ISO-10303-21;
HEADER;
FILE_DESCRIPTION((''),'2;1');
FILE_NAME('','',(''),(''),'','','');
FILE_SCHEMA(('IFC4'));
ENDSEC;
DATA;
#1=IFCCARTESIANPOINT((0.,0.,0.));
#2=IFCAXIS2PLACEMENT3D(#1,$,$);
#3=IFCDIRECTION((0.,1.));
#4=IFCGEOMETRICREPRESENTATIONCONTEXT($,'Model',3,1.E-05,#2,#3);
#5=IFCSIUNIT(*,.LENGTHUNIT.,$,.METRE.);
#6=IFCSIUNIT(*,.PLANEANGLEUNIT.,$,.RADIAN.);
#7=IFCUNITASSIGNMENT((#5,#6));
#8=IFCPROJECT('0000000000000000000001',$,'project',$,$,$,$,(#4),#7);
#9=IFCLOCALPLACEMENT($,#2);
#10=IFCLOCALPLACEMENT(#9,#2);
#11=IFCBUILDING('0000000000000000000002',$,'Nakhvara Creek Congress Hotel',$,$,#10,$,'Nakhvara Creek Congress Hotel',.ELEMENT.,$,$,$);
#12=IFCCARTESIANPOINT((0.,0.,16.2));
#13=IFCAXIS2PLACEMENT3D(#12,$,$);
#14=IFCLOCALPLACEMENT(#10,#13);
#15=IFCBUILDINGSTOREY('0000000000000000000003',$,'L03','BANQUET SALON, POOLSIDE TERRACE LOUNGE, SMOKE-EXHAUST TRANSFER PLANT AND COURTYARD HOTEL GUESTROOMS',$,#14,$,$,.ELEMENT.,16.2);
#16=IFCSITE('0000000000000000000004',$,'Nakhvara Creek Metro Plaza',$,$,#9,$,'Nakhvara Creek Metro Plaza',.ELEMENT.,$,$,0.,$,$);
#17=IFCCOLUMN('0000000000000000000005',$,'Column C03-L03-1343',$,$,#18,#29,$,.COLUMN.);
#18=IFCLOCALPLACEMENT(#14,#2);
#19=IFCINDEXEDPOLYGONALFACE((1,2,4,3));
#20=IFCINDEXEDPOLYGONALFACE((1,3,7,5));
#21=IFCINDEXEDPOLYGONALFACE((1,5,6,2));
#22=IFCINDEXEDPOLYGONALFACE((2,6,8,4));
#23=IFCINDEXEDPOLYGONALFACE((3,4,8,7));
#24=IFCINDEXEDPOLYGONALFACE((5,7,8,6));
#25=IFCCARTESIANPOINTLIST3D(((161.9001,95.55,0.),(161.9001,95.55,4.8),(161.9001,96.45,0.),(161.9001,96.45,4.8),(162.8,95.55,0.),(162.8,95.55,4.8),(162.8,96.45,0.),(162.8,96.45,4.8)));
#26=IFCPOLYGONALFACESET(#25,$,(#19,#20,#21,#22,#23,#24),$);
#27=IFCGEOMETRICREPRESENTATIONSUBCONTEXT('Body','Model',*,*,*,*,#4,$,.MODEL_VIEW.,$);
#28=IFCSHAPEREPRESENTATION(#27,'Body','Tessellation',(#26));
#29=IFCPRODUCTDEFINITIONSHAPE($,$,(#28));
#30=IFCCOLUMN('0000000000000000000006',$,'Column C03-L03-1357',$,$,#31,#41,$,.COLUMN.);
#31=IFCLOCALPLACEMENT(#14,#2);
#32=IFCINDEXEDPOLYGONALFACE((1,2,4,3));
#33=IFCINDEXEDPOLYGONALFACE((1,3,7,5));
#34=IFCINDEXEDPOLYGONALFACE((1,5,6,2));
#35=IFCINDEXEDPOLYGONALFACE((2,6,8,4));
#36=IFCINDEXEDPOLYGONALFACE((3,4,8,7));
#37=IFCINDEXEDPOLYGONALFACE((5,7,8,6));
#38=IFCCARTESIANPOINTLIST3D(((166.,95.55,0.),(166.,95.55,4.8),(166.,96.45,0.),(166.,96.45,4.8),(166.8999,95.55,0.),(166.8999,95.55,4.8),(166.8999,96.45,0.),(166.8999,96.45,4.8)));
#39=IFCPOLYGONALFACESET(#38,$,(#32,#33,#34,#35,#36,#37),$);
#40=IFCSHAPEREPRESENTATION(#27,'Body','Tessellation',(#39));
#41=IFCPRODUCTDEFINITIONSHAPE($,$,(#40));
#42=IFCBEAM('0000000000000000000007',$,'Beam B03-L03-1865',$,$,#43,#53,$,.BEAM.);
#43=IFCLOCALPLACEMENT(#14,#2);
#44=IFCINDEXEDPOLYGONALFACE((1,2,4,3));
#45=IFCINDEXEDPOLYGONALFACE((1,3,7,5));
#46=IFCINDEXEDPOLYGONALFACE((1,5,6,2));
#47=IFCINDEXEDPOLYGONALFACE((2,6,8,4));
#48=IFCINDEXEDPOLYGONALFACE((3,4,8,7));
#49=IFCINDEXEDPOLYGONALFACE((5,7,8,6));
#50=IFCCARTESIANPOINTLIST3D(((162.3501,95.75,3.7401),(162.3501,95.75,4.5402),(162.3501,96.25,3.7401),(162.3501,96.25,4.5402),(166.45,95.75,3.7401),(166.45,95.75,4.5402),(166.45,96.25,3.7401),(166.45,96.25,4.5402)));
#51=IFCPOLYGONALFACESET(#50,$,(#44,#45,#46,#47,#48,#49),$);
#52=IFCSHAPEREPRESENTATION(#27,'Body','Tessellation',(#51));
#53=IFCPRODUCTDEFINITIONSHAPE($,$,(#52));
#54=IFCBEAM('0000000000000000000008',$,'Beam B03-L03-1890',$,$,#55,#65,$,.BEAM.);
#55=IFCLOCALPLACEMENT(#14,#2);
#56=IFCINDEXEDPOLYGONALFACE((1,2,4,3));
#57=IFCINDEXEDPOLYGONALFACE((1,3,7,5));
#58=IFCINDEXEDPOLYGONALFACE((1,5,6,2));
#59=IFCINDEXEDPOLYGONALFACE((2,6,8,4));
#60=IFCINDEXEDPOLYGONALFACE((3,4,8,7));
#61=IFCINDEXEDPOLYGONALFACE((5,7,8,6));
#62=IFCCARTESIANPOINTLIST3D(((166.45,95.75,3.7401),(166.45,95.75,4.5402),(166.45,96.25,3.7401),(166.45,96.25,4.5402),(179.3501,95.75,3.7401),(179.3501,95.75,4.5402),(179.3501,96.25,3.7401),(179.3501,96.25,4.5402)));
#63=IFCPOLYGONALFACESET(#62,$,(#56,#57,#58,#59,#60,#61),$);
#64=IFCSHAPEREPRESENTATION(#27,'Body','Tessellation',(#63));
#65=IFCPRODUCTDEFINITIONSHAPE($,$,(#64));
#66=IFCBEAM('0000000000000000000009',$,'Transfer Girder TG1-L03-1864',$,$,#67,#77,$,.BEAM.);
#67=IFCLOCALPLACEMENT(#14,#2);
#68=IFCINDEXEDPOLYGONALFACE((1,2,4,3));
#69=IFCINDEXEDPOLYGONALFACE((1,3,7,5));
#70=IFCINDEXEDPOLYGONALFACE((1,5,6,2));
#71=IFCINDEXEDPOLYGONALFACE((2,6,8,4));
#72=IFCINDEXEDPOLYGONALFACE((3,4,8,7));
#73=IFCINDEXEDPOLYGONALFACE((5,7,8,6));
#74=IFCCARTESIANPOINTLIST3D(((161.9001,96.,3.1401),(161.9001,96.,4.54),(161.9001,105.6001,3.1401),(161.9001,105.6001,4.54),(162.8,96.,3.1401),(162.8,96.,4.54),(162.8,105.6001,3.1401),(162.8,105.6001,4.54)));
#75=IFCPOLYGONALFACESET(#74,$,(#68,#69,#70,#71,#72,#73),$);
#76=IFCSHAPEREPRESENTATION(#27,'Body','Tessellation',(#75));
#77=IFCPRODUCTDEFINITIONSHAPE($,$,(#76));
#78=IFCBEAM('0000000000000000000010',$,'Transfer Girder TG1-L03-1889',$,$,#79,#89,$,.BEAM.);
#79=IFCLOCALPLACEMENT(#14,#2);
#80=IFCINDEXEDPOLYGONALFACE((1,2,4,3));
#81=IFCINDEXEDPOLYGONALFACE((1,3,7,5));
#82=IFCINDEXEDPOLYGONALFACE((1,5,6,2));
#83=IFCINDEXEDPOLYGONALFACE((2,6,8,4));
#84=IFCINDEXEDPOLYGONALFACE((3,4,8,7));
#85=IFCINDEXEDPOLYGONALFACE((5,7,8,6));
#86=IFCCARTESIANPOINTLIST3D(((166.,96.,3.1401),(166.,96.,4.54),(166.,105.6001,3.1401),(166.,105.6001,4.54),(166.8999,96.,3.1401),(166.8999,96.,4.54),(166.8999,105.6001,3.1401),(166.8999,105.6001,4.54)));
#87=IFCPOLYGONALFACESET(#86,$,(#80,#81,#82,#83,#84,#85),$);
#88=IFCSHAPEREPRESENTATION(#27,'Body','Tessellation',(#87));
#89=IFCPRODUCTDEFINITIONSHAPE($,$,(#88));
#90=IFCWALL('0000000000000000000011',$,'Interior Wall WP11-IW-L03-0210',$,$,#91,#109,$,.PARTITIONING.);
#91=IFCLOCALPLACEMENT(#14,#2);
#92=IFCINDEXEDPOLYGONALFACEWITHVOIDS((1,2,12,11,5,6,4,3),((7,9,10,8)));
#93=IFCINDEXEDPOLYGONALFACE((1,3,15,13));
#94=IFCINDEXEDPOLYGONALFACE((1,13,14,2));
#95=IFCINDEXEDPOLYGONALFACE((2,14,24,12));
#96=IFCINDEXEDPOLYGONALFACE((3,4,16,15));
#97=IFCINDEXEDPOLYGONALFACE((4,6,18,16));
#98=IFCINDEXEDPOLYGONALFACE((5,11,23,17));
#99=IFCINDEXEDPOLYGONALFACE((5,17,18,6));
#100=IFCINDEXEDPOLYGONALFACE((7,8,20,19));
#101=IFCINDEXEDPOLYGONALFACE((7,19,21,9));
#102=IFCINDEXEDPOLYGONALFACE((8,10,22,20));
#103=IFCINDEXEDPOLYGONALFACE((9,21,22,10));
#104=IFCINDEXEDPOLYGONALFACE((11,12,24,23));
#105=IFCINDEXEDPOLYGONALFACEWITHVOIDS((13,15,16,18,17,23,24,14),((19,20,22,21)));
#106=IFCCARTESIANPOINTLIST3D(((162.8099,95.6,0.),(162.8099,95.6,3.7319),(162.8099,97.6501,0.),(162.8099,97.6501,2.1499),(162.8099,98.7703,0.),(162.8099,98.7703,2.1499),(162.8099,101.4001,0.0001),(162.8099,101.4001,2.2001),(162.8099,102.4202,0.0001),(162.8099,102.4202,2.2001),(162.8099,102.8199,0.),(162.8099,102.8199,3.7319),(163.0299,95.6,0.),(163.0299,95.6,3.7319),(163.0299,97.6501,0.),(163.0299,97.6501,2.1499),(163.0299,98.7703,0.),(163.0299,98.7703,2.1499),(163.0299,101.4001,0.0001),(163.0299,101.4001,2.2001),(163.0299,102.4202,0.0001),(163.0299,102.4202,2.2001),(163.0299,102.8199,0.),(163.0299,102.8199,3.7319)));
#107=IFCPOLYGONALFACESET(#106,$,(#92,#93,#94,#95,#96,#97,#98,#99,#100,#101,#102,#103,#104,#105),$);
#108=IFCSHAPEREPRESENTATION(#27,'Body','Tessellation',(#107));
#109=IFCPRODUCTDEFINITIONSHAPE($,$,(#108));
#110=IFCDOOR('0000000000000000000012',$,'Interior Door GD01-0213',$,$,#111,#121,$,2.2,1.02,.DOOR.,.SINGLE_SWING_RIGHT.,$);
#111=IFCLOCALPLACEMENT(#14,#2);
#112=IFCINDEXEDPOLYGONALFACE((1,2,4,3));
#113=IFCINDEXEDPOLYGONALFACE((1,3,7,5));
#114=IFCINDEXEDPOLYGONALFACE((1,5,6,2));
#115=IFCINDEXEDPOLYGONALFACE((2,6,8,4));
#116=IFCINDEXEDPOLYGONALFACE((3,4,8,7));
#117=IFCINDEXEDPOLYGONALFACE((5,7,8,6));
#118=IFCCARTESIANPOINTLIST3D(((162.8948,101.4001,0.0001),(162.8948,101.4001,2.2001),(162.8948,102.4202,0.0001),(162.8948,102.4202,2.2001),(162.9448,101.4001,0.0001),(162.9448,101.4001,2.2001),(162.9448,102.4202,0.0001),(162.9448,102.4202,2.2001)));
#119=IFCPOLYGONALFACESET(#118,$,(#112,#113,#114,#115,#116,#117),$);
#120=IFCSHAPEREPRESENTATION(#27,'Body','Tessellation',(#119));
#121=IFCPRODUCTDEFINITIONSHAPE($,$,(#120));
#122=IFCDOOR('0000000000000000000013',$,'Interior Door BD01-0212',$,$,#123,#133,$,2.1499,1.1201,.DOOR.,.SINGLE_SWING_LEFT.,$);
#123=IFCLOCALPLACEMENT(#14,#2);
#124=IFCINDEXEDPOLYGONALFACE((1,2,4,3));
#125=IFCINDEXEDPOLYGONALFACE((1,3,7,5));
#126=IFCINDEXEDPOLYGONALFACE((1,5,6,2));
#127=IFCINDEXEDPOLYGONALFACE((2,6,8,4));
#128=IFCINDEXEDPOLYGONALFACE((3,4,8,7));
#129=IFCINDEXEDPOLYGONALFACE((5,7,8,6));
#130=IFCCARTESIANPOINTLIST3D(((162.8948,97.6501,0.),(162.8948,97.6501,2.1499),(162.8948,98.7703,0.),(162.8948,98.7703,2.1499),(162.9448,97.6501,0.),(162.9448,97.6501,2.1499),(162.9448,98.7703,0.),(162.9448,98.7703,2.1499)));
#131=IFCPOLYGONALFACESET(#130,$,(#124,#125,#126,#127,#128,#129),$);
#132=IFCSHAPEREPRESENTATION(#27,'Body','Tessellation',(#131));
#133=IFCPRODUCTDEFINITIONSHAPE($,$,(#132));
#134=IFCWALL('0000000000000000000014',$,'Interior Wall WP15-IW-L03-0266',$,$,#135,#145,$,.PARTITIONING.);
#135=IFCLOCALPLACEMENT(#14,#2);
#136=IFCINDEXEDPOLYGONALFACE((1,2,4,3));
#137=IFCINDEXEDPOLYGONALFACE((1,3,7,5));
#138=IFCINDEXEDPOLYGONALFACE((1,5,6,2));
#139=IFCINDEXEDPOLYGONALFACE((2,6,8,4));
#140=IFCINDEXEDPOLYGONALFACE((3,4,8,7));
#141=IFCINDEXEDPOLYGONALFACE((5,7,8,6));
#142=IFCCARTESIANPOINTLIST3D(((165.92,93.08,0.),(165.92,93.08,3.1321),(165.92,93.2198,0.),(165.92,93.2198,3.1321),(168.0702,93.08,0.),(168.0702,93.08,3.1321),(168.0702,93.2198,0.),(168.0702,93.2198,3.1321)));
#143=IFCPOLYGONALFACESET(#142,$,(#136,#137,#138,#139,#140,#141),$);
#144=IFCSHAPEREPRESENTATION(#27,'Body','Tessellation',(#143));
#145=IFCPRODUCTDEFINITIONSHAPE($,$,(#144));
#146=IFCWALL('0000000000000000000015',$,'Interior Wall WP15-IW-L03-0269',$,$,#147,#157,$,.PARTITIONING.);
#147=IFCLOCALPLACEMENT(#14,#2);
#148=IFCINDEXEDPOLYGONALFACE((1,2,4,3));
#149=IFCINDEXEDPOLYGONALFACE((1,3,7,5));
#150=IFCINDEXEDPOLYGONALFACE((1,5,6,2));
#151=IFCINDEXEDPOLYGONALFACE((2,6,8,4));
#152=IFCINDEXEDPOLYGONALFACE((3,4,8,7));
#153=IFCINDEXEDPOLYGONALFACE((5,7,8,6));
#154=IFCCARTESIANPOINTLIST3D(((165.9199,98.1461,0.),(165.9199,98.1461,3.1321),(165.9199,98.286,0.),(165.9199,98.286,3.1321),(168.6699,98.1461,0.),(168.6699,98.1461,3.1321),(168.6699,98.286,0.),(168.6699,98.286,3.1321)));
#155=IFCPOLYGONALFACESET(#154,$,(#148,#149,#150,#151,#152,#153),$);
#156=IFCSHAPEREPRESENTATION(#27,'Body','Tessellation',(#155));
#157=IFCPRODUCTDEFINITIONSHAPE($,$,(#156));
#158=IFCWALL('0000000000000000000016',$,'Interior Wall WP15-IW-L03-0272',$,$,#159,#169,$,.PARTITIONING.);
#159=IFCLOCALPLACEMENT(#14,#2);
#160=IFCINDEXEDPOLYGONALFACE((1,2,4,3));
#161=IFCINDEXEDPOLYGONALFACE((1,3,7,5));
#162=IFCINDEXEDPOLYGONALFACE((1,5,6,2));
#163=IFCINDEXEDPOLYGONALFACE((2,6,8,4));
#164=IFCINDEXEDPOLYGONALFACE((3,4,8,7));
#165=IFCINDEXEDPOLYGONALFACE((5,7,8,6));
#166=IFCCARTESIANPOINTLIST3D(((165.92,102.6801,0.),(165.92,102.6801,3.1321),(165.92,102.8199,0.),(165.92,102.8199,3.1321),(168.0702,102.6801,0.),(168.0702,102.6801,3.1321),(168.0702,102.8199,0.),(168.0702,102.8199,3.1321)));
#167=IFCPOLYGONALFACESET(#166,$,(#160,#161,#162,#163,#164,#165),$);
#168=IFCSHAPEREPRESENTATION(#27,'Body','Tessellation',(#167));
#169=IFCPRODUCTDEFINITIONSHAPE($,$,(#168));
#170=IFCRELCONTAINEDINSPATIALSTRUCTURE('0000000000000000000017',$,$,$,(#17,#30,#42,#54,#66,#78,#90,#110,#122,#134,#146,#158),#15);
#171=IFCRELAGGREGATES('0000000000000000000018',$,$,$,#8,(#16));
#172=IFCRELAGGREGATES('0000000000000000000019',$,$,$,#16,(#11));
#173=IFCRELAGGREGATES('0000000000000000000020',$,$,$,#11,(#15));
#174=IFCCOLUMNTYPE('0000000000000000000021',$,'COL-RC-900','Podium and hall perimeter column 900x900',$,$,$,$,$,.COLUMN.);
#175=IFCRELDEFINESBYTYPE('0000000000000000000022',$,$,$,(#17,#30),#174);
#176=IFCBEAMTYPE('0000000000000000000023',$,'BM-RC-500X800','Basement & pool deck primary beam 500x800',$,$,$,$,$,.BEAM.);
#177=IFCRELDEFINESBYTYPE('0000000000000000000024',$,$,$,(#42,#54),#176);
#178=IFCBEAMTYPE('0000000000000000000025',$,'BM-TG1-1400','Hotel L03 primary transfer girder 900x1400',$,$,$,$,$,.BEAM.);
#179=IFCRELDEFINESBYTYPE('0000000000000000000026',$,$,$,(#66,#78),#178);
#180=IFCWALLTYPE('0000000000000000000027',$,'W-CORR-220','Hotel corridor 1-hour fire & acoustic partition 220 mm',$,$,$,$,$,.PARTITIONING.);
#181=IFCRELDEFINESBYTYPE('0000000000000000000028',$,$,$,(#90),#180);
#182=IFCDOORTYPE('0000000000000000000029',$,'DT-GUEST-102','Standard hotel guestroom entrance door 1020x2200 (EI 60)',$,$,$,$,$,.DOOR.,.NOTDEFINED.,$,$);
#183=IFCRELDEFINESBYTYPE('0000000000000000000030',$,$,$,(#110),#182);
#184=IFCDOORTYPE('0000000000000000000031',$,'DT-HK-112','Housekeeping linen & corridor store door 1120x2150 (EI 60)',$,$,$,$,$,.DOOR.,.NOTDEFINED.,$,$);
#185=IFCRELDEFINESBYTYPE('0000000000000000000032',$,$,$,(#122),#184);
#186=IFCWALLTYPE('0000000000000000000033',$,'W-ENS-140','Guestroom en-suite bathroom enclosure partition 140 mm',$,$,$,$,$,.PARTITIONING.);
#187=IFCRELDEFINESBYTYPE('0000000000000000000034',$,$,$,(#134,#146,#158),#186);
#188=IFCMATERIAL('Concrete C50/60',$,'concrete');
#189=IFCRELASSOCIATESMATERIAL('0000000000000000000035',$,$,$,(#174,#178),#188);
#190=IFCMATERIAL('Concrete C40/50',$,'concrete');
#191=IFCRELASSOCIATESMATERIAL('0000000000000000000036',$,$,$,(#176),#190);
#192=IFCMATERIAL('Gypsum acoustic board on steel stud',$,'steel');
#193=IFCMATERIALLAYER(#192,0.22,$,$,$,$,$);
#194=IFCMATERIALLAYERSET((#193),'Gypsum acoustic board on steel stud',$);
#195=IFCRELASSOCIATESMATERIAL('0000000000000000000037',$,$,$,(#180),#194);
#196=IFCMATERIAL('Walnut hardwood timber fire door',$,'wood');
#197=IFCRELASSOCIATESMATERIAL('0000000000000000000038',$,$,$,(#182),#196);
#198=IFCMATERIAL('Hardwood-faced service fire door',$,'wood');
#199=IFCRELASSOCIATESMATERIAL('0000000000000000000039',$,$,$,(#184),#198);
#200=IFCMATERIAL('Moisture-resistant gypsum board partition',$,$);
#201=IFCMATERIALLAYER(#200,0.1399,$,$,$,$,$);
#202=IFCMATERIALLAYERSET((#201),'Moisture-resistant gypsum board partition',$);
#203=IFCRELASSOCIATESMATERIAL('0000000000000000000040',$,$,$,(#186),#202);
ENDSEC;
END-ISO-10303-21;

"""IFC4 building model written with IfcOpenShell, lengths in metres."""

from ifc_helpers import new_model, si_unit, direction, frame, frame_2d, origin, origin_2d, place, context, subcontext, project, spatial, rectangle, extrude, material, layer, layer_set, material_profile, profile_set, type_object, element, fill, save


model = new_model("IFC4")

# Units and contexts
model_context = context("Model", 3, precision=1e-05, world=origin(), true_north=direction((0.0, 1.0)))
body_context = subcontext(model_context, "Body", "Model", "MODEL_VIEW")
ifc_project = project(units=[si_unit("LENGTHUNIT", "METRE"), si_unit("PLANEANGLEUNIT", "RADIAN")], contexts=[model_context])

# Site, building, storey
site_placement = place(None, origin())
site = spatial("IfcSite", under=ifc_project, at=site_placement, Name="Nakhvara Creek Metro Plaza", LongName="Nakhvara Creek Metro Plaza", CompositionType="ELEMENT", RefElevation=0.0)
building_placement = place(site_placement, origin())
building = spatial("IfcBuilding", under=site, at=building_placement, Name="Nakhvara Creek Congress Hotel", LongName="Nakhvara Creek Congress Hotel", CompositionType="ELEMENT")
storey_placement = place(building_placement, frame((0.0, 0.0, 16.2)))
storey = spatial("IfcBuildingStorey", under=building, at=storey_placement, Name="L03", Description="BANQUET SALON, POOLSIDE TERRACE LOUNGE, SMOKE-EXHAUST TRANSFER PLANT AND COURTYARD HOTEL GUESTROOMS", CompositionType="ELEMENT", Elevation=16.2)

# Columns
ifc_material_1 = material(Name="Concrete C50/60", Category="concrete")
ifc_material_profile_1 = material_profile(ifc_material_1, rectangle(XDim=0.8999, YDim=0.8999, at=origin_2d()), Name="RC-COL 900x900", Category="LoadBearing")
ifc_profile_set_1 = profile_set([ifc_material_profile_1], Name="Concrete C50/60")
column_type = type_object("IfcColumnType", Name="COL-RC-900", Description="Podium and hall perimeter column 900x900", PredefinedType="COLUMN", material=ifc_profile_set_1)
for number, where, z_axis, x_axis, name in (
    (1, (162.3501, 96.0, 0.0), (0.0, 0.0, 1.0), (1.0, 0.0, 0.0), "Column C03-L03-1343"),
    (2, (166.45, 96.0, 0.0), (0.0, 0.0, 1.0), (1.0, 0.0, 0.0), "Column C03-L03-1357"),
):
    element("IfcColumn", number, at=place(storey_placement, frame(where, z_axis=z_axis, x_axis=x_axis)), inside=storey, type_object=column_type, Name=name, PredefinedType="COLUMN", context=body_context, shape_type="SweptSolid", body=[
        extrude(rectangle(XDim=0.8999, YDim=0.8999, at=origin_2d()), origin(), (0.0, 0.0, 1.0), 4.8),
    ])

# Beams
ifc_material_2 = material(Name="Concrete C40/50", Category="concrete")
ifc_material_profile_2 = material_profile(ifc_material_2, rectangle(XDim=0.5, YDim=0.8, at=origin_2d()), Name="RC-BM 500x800", Category="LoadBearing")
ifc_profile_set_2 = profile_set([ifc_material_profile_2], Name="Concrete C40/50")
beam_type_1 = type_object("IfcBeamType", Name="BM-RC-500X800", Description="Basement & pool deck primary beam 500x800", PredefinedType="BEAM", material=ifc_profile_set_2)
beam_1_placement = place(storey_placement, frame((162.3501, 96.0, 4.1401), z_axis=(1.0, 0.0, 0.0), x_axis=(0.0, 1.0, 0.0)))
element("IfcBeam", 3, at=beam_1_placement, inside=storey, type_object=beam_type_1, Name="Beam B03-L03-1865", PredefinedType="BEAM", context=body_context, shape_type="SweptSolid", body=[
    extrude(rectangle(XDim=0.5, YDim=0.8, at=origin_2d()), origin(), (0.0, 0.0, 1.0), 4.0999),
])
beam_2_placement = place(storey_placement, frame((166.45, 96.0, 4.1401), z_axis=(1.0, 0.0, 0.0), x_axis=(0.0, 1.0, 0.0)))
element("IfcBeam", 4, at=beam_2_placement, inside=storey, type_object=beam_type_1, Name="Beam B03-L03-1890", PredefinedType="BEAM", context=body_context, shape_type="SweptSolid", body=[
    extrude(rectangle(XDim=0.5, YDim=0.8, at=origin_2d()), origin(), (0.0, 0.0, 1.0), 12.9001),
])
ifc_material_profile_3 = material_profile(ifc_material_1, rectangle(XDim=0.8999, YDim=1.3999, at=origin_2d()), Name="RC-TG 900x1400", Category="LoadBearing")
ifc_profile_set_3 = profile_set([ifc_material_profile_3], Name="Concrete C50/60")
beam_type_2 = type_object("IfcBeamType", Name="BM-TG1-1400", Description="Hotel L03 primary transfer girder 900x1400", PredefinedType="BEAM", material=ifc_profile_set_3)
for number, where, z_axis, x_axis, name in (
    (5, (162.3501, 96.0, 3.8401), (0.0, 1.0, 0.0), (-1.0, 0.0, 0.0), "Transfer Girder TG1-L03-1864"),
    (6, (166.45, 96.0, 3.8401), (0.0, 1.0, 0.0), (-1.0, 0.0, 0.0), "Transfer Girder TG1-L03-1889"),
):
    element("IfcBeam", number, at=place(storey_placement, frame(where, z_axis=z_axis, x_axis=x_axis)), inside=storey, type_object=beam_type_2, Name=name, PredefinedType="BEAM", context=body_context, shape_type="SweptSolid", body=[
        extrude(rectangle(XDim=0.8999, YDim=1.3999, at=origin_2d()), origin(), (0.0, 0.0, 1.0), 9.6001),
    ])

# Wall, openings, doors
ifc_material_3 = material(Name="Gypsum acoustic board on steel stud", Category="steel")
ifc_layer_1 = layer(ifc_material_3, 0.22)
ifc_layer_set_1 = layer_set([ifc_layer_1], Name="Gypsum acoustic board on steel stud")
wall_type_1 = type_object("IfcWallType", Name="W-CORR-220", Description="Hotel corridor 1-hour fire & acoustic partition 220 mm", PredefinedType="PARTITIONING", material=ifc_layer_set_1)
wall_1_placement = place(storey_placement, frame((162.9199, 95.6001, 0.0), z_axis=(0.0, 0.0, 1.0), x_axis=(0.0, 1.0, 0.0)))
wall_1 = element("IfcWall", 7, at=wall_1_placement, inside=storey, type_object=wall_type_1, Name="Interior Wall WP11-IW-L03-0210", PredefinedType="PARTITIONING", context=body_context, shape_type="SweptSolid", body=[
    extrude(rectangle(XDim=7.22, YDim=0.22, at=frame_2d((3.6099, 0.0))), origin(), (0.0, 0.0, 1.0), 3.7319),
])
opening_1_placement = place(wall_1_placement, frame((2.05, 0.0, 0.0)))
opening_1 = element("IfcOpeningElement", 8, at=opening_1_placement, cuts=wall_1, PredefinedType="OPENING", context=body_context, shape_type="SweptSolid", body=[
    extrude(rectangle(XDim=1.1201, YDim=2.1499, at=frame_2d((0.5601, 1.075))), frame((0.0, 0.1221, 0.0), z_axis=(0.0, -1.0, 0.0), x_axis=(1.0, 0.0, 0.0)), (0.0, 0.0, 1.0), 0.2439),
])
opening_2_placement = place(wall_1_placement, frame((5.8, 0.0, 0.0)))
opening_2 = element("IfcOpeningElement", 9, at=opening_2_placement, cuts=wall_1, PredefinedType="OPENING", context=body_context, shape_type="SweptSolid", body=[
    extrude(rectangle(XDim=1.02, YDim=2.2, at=frame_2d((0.51, 1.1001))), frame((0.0, 0.1221, 0.0), z_axis=(0.0, -1.0, 0.0), x_axis=(1.0, 0.0, 0.0)), (0.0, 0.0, 1.0), 0.2439),
])
ifc_material_4 = material(Name="Walnut hardwood timber fire door", Category="wood")
door_type_1 = type_object("IfcDoorType", Name="DT-GUEST-102", Description="Standard hotel guestroom entrance door 1020x2200 (EI 60)", OperationType="NOTDEFINED", PredefinedType="DOOR", material=ifc_material_4)
door_1_placement = place(opening_2_placement, frame((1.02, 0.0, 0.0), z_axis=(0.0, 0.0, 1.0), x_axis=(-1.0, 0.0, 0.0)))
door_1 = element("IfcDoor", 10, at=door_1_placement, inside=storey, type_object=door_type_1, Name="Interior Door GD01-0213", OperationType="SINGLE_SWING_RIGHT", OverallHeight=2.2, OverallWidth=1.02, PredefinedType="DOOR", context=body_context, shape_type="SweptSolid", body=[
    extrude(rectangle(XDim=1.02, YDim=2.2, at=frame_2d((0.51, 1.1001))), frame((0.0, 0.0249, 0.0), z_axis=(0.0, -1.0, 0.0), x_axis=(1.0, 0.0, 0.0)), (0.0, 0.0, 1.0), 0.05),
])
fill(opening_2, door_1)
ifc_material_5 = material(Name="Hardwood-faced service fire door", Category="wood")
door_type_2 = type_object("IfcDoorType", Name="DT-HK-112", Description="Housekeeping linen & corridor store door 1120x2150 (EI 60)", OperationType="NOTDEFINED", PredefinedType="DOOR", material=ifc_material_5)
door_2_placement = place(opening_1_placement, frame((1.1201, 0.0, 0.0), z_axis=(0.0, 0.0, 1.0), x_axis=(-1.0, 0.0, 0.0)))
door_2 = element("IfcDoor", 11, at=door_2_placement, inside=storey, type_object=door_type_2, Name="Interior Door BD01-0212", OperationType="SINGLE_SWING_LEFT", OverallHeight=2.1499, OverallWidth=1.1201, PredefinedType="DOOR", context=body_context, shape_type="SweptSolid", body=[
    extrude(rectangle(XDim=1.1201, YDim=2.1499, at=frame_2d((0.5601, 1.075))), frame((0.0, 0.0249, 0.0), z_axis=(0.0, -1.0, 0.0), x_axis=(1.0, 0.0, 0.0)), (0.0, 0.0, 1.0), 0.05),
])
fill(opening_1, door_2)

# Shared definitions
ifc_material_6 = material(Name="Moisture-resistant gypsum board partition")
ifc_layer_2 = layer(ifc_material_6, 0.1399)
ifc_layer_set_2 = layer_set([ifc_layer_2], Name="Moisture-resistant gypsum board partition")
wall_type_2 = type_object("IfcWallType", Name="W-ENS-140", Description="Guestroom en-suite bathroom enclosure partition 140 mm", PredefinedType="PARTITIONING", material=ifc_layer_set_2)

# Walls
wall_2_placement = place(storey_placement, frame((165.9199, 93.1499, 0.0), z_axis=(0.0, 0.0, 1.0), x_axis=(1.0, 0.0, 0.0)))
element("IfcWall", 12, at=wall_2_placement, inside=storey, type_object=wall_type_2, Name="Interior Wall WP15-IW-L03-0266", PredefinedType="PARTITIONING", context=body_context, shape_type="SweptSolid", body=[
    extrude(rectangle(XDim=2.1501, YDim=0.1399, at=frame_2d((1.0752, 0.0))), origin(), (0.0, 0.0, 1.0), 3.1321),
])
wall_3_placement = place(storey_placement, frame((165.9199, 98.2161, 0.0), z_axis=(0.0, 0.0, 1.0), x_axis=(1.0, 0.0, 0.0)))
element("IfcWall", 13, at=wall_3_placement, inside=storey, type_object=wall_type_2, Name="Interior Wall WP15-IW-L03-0269", PredefinedType="PARTITIONING", context=body_context, shape_type="SweptSolid", body=[
    extrude(rectangle(XDim=2.75, YDim=0.1399, at=frame_2d((1.375, 0.0))), origin(), (0.0, 0.0, 1.0), 3.1321),
])

# Wall
wall_4_placement = place(storey_placement, frame((165.9199, 102.75, 0.0), z_axis=(0.0, 0.0, 1.0), x_axis=(1.0, 0.0, 0.0)))
element("IfcWall", 14, at=wall_4_placement, inside=storey, type_object=wall_type_2, Name="Interior Wall WP15-IW-L03-0272", PredefinedType="PARTITIONING", context=body_context, shape_type="SweptSolid", body=[
    extrude(rectangle(XDim=2.1501, YDim=0.1399, at=frame_2d((1.0752, 0.0))), origin(), (0.0, 0.0, 1.0), 3.1321),
])

save(model, "model.ifc")
